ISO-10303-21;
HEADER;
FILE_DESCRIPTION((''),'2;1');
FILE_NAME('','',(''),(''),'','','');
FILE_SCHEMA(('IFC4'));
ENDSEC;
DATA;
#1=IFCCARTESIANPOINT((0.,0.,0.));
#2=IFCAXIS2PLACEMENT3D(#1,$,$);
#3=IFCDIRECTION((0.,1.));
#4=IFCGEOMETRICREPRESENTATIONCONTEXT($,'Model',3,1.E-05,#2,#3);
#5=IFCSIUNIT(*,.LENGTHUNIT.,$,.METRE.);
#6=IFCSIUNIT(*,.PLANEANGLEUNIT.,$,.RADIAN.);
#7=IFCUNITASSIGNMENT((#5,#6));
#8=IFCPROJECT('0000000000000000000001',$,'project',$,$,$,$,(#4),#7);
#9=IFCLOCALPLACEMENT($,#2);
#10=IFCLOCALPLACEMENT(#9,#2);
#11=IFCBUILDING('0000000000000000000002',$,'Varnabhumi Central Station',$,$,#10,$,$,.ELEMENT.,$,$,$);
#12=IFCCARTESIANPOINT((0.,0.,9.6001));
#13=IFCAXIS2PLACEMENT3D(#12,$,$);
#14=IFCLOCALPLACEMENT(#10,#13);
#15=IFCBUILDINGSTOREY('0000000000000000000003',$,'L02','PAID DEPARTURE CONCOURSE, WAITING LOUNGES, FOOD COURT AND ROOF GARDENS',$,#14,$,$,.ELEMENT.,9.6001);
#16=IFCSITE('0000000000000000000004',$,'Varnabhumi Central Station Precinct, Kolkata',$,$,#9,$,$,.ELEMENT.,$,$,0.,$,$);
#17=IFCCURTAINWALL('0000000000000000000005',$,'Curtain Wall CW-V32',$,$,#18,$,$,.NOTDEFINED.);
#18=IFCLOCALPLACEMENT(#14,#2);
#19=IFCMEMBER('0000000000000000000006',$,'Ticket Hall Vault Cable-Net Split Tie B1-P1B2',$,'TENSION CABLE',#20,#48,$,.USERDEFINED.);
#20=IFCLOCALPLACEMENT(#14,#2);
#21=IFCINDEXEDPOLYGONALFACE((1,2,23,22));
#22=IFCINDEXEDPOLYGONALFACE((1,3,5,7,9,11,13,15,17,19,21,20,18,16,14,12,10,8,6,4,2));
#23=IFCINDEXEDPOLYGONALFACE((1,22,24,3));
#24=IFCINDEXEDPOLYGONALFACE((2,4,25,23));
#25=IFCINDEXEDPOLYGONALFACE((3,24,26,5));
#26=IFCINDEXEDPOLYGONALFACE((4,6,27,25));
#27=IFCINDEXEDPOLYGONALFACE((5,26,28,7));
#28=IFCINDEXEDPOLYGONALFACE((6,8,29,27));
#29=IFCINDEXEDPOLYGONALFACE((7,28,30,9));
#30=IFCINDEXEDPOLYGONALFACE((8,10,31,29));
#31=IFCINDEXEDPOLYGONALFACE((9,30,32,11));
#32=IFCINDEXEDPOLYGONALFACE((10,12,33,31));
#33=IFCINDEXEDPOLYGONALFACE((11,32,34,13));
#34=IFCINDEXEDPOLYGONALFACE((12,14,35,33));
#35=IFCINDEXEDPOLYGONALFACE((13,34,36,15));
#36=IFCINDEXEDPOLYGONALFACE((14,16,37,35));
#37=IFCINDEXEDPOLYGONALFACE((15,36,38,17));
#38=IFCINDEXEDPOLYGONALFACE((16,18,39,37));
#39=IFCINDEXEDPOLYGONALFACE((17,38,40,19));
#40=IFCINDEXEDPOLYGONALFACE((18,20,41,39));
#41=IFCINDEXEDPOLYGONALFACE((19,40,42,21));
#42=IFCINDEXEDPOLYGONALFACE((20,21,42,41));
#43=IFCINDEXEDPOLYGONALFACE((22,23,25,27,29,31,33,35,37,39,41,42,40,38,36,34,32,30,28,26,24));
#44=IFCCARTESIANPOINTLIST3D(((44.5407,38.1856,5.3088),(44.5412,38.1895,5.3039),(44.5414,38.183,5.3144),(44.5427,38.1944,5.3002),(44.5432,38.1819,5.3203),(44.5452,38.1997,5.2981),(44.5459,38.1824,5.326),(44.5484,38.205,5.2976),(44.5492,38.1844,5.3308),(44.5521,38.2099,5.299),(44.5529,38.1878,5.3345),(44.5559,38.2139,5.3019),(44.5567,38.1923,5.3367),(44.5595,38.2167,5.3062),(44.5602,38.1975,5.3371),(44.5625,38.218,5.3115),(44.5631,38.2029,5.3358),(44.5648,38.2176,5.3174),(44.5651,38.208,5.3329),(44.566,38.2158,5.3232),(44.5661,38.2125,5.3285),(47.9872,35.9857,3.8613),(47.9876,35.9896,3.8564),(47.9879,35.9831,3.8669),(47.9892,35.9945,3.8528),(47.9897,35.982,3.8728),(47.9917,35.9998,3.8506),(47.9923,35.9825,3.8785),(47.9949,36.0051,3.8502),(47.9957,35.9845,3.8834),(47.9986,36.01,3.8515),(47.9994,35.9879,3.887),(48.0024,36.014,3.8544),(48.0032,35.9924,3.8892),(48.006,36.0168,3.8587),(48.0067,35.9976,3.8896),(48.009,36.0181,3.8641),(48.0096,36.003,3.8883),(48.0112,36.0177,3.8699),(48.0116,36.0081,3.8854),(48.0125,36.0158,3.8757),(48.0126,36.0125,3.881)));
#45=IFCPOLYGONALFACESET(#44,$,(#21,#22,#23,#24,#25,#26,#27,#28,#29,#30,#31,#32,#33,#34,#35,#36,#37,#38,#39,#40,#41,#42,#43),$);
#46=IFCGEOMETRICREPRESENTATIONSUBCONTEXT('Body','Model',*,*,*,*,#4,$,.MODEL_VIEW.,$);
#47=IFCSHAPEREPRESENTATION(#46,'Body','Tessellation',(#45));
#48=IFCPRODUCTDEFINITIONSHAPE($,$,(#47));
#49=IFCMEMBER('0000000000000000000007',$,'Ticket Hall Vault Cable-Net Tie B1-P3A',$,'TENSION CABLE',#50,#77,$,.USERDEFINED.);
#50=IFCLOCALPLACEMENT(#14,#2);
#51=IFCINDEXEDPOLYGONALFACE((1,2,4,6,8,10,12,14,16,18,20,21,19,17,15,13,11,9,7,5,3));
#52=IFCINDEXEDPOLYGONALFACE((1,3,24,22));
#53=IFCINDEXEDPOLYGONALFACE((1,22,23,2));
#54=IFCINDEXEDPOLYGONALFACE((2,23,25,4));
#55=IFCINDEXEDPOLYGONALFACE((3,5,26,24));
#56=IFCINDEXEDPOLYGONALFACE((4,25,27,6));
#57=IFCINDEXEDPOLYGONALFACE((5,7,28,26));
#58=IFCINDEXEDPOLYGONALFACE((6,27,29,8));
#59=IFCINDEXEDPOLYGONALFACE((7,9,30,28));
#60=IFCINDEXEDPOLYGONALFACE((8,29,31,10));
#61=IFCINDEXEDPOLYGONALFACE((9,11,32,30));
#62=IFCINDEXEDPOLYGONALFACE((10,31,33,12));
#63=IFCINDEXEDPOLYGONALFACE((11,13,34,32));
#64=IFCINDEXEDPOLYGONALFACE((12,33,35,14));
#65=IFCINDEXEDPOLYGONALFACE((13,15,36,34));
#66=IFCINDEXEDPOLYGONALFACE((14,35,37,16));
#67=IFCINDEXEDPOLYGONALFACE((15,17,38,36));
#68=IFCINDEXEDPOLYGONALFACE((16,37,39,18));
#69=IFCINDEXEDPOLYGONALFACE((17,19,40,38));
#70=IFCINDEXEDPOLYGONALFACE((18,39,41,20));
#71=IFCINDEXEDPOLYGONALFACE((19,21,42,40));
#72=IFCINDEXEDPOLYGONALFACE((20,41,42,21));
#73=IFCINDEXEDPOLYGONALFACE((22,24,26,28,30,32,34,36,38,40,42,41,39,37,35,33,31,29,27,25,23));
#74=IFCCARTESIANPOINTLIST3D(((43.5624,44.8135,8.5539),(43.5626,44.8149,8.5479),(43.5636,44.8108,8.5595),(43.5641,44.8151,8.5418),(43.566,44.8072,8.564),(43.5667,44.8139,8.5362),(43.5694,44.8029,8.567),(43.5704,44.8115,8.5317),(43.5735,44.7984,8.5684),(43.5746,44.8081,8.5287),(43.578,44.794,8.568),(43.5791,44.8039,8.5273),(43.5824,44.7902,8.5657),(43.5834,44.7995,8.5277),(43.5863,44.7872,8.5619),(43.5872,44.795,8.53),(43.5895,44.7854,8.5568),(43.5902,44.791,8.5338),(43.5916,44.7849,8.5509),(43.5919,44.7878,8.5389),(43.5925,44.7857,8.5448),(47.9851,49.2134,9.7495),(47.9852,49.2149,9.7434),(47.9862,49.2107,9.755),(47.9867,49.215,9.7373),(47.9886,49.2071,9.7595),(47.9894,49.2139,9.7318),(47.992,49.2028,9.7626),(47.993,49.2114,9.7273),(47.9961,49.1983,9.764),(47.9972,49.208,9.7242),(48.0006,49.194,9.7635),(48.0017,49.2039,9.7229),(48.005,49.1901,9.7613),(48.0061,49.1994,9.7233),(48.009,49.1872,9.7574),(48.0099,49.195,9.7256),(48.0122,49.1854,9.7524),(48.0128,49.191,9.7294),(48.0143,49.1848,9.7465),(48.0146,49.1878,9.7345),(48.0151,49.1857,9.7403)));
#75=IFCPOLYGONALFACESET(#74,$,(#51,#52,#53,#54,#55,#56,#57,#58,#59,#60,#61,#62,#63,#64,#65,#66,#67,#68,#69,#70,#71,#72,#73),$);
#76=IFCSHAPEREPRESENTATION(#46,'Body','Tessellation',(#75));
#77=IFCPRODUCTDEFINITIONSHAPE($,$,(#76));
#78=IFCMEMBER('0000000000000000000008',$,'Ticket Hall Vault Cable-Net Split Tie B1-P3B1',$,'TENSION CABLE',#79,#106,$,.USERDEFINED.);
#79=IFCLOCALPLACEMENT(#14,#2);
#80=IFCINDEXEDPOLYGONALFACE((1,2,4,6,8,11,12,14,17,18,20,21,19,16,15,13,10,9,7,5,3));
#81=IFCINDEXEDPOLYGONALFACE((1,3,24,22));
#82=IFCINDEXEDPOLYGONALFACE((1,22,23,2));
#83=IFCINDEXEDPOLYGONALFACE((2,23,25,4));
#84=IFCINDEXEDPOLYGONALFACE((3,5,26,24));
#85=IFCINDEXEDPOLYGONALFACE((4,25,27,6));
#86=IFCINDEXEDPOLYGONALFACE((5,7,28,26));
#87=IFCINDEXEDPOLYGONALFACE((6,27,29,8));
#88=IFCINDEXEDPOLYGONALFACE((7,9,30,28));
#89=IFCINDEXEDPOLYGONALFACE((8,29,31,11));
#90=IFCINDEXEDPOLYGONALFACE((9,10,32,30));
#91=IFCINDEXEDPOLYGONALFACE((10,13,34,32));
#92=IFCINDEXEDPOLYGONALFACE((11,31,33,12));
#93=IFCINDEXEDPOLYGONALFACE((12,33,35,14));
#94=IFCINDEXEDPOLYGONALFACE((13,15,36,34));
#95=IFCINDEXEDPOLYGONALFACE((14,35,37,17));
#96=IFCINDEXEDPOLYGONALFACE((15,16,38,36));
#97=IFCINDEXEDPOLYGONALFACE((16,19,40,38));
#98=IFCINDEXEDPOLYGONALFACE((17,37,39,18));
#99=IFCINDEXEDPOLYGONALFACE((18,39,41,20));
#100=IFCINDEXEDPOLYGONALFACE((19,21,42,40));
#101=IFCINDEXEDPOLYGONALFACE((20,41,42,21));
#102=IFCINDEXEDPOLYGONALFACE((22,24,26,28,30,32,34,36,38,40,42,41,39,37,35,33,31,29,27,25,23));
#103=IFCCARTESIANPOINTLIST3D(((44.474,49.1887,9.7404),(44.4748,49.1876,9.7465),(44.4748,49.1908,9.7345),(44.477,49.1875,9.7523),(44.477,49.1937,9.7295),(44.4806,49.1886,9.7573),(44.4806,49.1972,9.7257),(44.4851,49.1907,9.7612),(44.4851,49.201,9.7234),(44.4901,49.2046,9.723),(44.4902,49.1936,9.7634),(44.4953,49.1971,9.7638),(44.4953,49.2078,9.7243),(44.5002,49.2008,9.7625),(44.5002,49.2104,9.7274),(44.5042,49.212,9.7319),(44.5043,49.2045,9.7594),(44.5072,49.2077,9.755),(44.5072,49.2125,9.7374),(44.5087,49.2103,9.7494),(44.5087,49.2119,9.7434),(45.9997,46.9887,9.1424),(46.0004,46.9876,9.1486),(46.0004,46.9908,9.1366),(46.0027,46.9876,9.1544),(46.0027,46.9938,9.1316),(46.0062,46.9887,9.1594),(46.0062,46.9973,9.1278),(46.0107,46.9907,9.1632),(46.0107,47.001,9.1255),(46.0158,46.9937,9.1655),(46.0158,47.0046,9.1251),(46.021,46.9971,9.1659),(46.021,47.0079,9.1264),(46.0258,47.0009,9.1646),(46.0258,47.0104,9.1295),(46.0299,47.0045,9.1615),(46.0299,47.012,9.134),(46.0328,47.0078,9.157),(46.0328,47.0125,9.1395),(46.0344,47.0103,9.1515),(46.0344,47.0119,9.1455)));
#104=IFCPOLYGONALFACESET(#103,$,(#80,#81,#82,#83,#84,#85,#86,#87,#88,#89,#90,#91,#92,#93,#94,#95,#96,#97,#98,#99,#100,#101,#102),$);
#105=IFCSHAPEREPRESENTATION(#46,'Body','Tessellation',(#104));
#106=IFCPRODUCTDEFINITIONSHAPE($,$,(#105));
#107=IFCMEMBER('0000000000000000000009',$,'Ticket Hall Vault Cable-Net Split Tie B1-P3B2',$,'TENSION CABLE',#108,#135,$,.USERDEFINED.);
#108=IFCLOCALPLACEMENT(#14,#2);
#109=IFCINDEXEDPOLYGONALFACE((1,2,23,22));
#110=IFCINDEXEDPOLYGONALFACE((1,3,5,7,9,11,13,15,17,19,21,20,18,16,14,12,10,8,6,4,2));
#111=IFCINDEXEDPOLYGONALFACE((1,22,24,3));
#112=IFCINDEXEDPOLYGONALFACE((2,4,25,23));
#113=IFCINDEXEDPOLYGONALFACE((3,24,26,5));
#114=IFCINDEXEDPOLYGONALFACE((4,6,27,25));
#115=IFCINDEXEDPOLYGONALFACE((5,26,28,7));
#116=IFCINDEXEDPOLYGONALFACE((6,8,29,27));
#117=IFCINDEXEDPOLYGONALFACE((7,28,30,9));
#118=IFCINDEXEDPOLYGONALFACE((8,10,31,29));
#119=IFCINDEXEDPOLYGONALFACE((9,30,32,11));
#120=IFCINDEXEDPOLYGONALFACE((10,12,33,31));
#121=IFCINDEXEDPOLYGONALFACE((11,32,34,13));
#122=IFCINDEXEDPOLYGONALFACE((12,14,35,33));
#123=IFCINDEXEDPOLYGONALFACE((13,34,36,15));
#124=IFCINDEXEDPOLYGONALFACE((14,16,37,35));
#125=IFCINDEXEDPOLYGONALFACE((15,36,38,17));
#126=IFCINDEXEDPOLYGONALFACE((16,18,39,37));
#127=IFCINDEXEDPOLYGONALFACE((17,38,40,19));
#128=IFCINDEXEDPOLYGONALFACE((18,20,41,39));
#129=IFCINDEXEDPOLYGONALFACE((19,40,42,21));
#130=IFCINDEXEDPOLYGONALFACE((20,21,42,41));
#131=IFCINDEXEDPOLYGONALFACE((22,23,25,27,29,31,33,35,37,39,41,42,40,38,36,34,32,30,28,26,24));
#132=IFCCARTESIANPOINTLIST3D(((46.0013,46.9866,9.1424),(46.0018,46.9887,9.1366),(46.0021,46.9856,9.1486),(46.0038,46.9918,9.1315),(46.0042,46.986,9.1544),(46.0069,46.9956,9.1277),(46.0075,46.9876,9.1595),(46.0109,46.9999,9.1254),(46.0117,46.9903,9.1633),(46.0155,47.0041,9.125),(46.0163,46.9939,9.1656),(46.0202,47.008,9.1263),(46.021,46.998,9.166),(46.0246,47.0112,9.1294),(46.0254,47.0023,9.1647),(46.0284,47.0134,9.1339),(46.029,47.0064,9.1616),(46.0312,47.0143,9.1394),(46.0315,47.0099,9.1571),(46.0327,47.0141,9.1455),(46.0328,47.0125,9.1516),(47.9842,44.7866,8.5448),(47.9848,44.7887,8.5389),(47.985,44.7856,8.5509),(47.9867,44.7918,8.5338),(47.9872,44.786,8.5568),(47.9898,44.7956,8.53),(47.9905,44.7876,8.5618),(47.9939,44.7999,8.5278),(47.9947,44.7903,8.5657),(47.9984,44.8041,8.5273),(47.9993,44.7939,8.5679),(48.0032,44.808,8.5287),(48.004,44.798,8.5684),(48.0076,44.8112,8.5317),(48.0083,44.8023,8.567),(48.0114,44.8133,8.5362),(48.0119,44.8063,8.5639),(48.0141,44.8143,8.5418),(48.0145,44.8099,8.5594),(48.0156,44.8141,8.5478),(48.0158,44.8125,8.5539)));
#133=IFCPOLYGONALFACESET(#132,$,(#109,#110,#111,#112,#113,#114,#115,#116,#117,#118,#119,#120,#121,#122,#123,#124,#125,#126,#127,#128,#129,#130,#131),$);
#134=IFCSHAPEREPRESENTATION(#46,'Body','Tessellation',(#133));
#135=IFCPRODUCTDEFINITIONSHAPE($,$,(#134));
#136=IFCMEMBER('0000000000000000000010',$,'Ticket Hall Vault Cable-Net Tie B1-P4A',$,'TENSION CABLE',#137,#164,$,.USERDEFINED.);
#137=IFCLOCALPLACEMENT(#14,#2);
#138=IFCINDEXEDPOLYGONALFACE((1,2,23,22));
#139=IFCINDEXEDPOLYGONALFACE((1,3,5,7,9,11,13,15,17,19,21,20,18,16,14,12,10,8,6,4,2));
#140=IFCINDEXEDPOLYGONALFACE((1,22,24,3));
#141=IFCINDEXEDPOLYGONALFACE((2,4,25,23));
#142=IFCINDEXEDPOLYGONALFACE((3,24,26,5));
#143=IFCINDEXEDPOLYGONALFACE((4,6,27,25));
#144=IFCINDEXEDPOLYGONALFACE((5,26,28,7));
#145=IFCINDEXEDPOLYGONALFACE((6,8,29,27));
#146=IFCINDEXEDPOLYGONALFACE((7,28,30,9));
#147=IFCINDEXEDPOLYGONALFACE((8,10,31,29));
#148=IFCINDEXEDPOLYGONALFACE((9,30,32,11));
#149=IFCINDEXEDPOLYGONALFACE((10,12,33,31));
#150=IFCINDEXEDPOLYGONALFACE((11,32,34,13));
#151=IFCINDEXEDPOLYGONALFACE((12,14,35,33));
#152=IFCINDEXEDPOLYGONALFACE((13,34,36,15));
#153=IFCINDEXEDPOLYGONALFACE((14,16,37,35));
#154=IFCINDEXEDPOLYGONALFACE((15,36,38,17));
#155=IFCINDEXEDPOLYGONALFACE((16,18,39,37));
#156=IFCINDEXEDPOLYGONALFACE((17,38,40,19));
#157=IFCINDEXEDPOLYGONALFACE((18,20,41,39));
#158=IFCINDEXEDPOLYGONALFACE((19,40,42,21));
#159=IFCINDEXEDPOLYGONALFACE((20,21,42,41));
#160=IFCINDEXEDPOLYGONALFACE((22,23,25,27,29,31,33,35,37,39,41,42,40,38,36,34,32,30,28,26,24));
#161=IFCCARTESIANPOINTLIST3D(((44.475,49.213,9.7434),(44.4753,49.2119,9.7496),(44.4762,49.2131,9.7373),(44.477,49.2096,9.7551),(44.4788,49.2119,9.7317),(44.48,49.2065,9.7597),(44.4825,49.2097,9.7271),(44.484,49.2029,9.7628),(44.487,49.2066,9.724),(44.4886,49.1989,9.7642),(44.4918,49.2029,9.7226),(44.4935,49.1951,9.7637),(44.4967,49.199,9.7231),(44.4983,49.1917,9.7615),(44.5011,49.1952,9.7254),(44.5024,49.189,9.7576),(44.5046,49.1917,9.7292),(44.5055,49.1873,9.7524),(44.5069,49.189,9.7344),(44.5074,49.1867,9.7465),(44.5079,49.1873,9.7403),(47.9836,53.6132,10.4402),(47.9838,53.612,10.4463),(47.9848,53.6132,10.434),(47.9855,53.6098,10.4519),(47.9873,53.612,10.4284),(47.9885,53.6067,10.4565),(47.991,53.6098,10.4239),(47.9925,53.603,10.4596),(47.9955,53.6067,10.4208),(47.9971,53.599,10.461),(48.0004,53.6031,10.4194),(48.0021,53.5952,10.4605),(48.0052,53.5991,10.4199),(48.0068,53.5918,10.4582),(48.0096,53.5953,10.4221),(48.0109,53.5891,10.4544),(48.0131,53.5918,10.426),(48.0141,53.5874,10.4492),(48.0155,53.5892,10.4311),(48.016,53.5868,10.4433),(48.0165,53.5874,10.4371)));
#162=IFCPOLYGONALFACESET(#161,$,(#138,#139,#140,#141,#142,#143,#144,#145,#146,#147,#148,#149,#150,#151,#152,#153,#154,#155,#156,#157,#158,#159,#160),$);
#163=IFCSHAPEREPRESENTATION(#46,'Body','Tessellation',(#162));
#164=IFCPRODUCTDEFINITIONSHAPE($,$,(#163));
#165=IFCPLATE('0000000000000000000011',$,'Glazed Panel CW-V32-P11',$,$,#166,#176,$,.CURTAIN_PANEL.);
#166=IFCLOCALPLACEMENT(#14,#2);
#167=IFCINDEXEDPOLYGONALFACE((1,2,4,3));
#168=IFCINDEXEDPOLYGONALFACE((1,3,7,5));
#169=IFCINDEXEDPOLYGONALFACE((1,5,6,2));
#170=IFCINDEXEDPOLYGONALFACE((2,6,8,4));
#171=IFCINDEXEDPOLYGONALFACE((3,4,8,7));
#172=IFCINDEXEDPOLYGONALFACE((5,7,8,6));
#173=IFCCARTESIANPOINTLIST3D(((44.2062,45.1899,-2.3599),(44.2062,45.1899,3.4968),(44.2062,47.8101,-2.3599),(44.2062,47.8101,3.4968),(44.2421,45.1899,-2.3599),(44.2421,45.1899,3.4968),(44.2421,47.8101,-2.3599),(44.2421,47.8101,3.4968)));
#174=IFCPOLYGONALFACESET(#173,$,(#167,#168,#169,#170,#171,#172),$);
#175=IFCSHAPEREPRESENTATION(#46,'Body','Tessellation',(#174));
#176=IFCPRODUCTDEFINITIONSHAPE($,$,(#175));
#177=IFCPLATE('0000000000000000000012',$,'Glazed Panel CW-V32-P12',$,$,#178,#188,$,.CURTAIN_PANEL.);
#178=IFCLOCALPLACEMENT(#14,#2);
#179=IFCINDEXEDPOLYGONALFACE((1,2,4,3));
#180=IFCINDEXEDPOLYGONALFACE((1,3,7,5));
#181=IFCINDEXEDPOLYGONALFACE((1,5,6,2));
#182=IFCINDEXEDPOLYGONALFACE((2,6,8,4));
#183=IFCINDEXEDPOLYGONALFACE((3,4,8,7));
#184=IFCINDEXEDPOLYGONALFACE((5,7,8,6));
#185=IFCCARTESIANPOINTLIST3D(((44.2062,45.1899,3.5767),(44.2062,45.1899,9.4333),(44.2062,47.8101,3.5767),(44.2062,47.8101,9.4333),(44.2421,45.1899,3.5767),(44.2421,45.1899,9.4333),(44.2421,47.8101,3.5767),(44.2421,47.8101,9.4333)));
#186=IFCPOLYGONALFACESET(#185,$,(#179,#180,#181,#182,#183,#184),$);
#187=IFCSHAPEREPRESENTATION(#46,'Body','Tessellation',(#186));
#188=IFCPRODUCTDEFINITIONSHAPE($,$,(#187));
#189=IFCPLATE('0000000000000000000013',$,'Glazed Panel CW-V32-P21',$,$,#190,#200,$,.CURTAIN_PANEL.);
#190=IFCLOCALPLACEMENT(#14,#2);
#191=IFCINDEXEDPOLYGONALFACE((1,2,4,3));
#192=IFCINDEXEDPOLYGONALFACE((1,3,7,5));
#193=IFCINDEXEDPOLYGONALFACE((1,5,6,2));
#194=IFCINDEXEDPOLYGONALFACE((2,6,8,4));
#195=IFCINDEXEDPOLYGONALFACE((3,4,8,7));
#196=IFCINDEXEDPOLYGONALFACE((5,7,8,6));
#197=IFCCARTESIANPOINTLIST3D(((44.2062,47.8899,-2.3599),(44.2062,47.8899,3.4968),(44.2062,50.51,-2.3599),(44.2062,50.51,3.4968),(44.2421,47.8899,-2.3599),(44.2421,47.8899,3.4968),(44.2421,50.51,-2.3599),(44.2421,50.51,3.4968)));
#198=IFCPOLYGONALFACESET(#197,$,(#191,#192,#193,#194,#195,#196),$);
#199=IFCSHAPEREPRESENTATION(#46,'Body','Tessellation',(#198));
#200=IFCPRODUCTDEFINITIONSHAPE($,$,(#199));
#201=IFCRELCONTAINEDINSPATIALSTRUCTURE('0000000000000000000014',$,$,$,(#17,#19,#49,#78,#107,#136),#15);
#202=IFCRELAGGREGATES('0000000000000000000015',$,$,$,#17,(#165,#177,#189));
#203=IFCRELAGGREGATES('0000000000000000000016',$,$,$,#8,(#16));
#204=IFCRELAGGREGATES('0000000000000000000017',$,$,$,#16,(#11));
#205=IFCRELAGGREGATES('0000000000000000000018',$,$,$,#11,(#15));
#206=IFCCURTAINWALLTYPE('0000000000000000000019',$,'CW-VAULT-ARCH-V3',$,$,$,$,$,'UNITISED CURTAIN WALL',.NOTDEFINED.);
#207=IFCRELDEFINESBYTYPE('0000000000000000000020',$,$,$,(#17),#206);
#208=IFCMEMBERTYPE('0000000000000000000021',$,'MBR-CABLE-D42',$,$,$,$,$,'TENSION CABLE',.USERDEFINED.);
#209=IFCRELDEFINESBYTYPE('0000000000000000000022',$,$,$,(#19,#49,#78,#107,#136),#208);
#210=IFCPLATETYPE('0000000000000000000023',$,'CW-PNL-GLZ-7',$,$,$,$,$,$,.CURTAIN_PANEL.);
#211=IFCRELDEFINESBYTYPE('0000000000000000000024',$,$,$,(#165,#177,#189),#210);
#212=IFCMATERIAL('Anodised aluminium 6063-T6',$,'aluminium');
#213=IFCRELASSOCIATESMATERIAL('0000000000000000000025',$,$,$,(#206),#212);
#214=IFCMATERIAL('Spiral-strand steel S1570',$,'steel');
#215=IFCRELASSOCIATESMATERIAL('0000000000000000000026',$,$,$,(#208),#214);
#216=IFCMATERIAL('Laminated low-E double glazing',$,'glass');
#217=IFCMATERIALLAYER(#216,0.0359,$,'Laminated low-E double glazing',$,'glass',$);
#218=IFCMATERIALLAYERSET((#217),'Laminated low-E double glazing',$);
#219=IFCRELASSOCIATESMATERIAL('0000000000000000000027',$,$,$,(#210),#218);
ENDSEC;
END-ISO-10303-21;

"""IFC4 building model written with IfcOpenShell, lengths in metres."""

from ifc_helpers import new_model, si_unit, direction, frame, origin, origin_2d, place, context, subcontext, project, spatial, rectangle, circle, extrude, material, layer, layer_set, material_profile, profile_set, type_object, element, aggregate, save


model = new_model("IFC4")

# Units and contexts
model_context = context("Model", 3, precision=1e-05, world=origin(), true_north=direction((0.0, 1.0)))
body_context = subcontext(model_context, "Body", "Model", "MODEL_VIEW")
ifc_project = project(units=[si_unit("LENGTHUNIT", "METRE"), si_unit("PLANEANGLEUNIT", "RADIAN")], contexts=[model_context])

# Site, building, storey
site_placement = place(None, origin())
site = spatial("IfcSite", under=ifc_project, at=site_placement, Name="Varnabhumi Central Station Precinct, Kolkata", CompositionType="ELEMENT", RefElevation=0.0)
building_placement = place(site_placement, origin())
building = spatial("IfcBuilding", under=site, at=building_placement, Name="Varnabhumi Central Station", CompositionType="ELEMENT")
storey_placement = place(building_placement, frame((0.0, 0.0, 9.6001)))
storey = spatial("IfcBuildingStorey", under=building, at=storey_placement, Name="L02", Description="PAID DEPARTURE CONCOURSE, WAITING LOUNGES, FOOD COURT AND ROOF GARDENS", CompositionType="ELEMENT", Elevation=9.6001)

# Curtain wall
ifc_material_1 = material(Name="Anodised aluminium 6063-T6", Category="aluminium")
curtain_wall_type = type_object("IfcCurtainWallType", Name="CW-VAULT-ARCH-V3", ElementType="UNITISED CURTAIN WALL", PredefinedType="NOTDEFINED", material=ifc_material_1)
curtain_wall_placement = place(storey_placement, origin())
curtain_wall = element("IfcCurtainWall", 1, at=curtain_wall_placement, inside=storey, type_object=curtain_wall_type, Name="Curtain Wall CW-V32", PredefinedType="NOTDEFINED")

# Members
ifc_material_2 = material(Name="Spiral-strand steel S1570", Category="steel")
ifc_material_profile_1 = material_profile(ifc_material_2, circle(Radius=0.021, at=origin_2d()), Name="Spiral-strand steel S1570", Category="steel")
ifc_profile_set_1 = profile_set([ifc_material_profile_1], Name="Spiral-strand steel S1570")
member_type_1 = type_object("IfcMemberType", Name="MBR-CABLE-D42", ElementType="TENSION CABLE", PredefinedType="USERDEFINED", material=ifc_profile_set_1)
member_1_placement = place(storey_placement, frame((44.5535, 38.2, 5.3174), z_axis=(0.794595, -0.507197, -0.333722), x_axis=(0.538042, 0.842918, 0.0)))
element("IfcMember", 2, at=member_1_placement, inside=storey, type_object=member_type_1, Name="Ticket Hall Vault Cable-Net Split Tie B1-P1B2", ObjectType="TENSION CABLE", PredefinedType="USERDEFINED", context=body_context, shape_type="SweptSolid", body=[
    extrude(circle(Radius=0.021, at=origin_2d()), origin(), (0.0, 0.0, 1.0), 4.3374),
])
member_2_placement = place(storey_placement, frame((43.5774, 44.8, 8.5479), z_axis=(0.696254, 0.692679, 0.188217), x_axis=(-0.705285, 0.708924, 0.0)))
element("IfcMember", 3, at=member_2_placement, inside=storey, type_object=member_type_1, Name="Ticket Hall Vault Cable-Net Tie B1-P3A", ObjectType="TENSION CABLE", PredefinedType="USERDEFINED", context=body_context, shape_type="SweptSolid", body=[
    extrude(circle(Radius=0.021, at=origin_2d()), origin(), (0.0, 0.0, 1.0), 6.3521),
])
member_3_placement = place(storey_placement, frame((44.4915, 49.2, 9.7434), z_axis=(0.556163, -0.801982, -0.217962), x_axis=(0.821739, 0.569864, 0.0)))
element("IfcMember", 4, at=member_3_placement, inside=storey, type_object=member_type_1, Name="Ticket Hall Vault Cable-Net Split Tie B1-P3B1", ObjectType="TENSION CABLE", PredefinedType="USERDEFINED", context=body_context, shape_type="SweptSolid", body=[
    extrude(circle(Radius=0.021, at=origin_2d()), origin(), (0.0, 0.0, 1.0), 2.7432),
])
member_4_placement = place(storey_placement, frame((46.0171, 47.0, 9.1455), z_axis=(0.656287, -0.728121, -0.197807), x_axis=(0.742798, 0.669516, 0.0)))
element("IfcMember", 5, at=member_4_placement, inside=storey, type_object=member_type_1, Name="Ticket Hall Vault Cable-Net Split Tie B1-P3B2", ObjectType="TENSION CABLE", PredefinedType="USERDEFINED", context=body_context, shape_type="SweptSolid", body=[
    extrude(circle(Radius=0.021, at=origin_2d()), origin(), (0.0, 0.0, 1.0), 3.0215),
])
member_5_placement = place(storey_placement, frame((44.4915, 49.2, 9.7434), z_axis=(0.618716, 0.775946, 0.122874), x_axis=(-0.781871, 0.62344, 0.0)))
element("IfcMember", 6, at=member_5_placement, inside=storey, type_object=member_type_1, Name="Ticket Hall Vault Cable-Net Tie B1-P4A", ObjectType="TENSION CABLE", PredefinedType="USERDEFINED", context=body_context, shape_type="SweptSolid", body=[
    extrude(circle(Radius=0.021, at=origin_2d()), origin(), (0.0, 0.0, 1.0), 5.6707),
])

# Plates
ifc_material_3 = material(Name="Laminated low-E double glazing", Category="glass")
ifc_layer_1 = layer(ifc_material_3, 0.0359, Name="Laminated low-E double glazing", Category="glass")
ifc_layer_set_1 = layer_set([ifc_layer_1], Name="Laminated low-E double glazing")
plate_type_1 = type_object("IfcPlateType", Name="CW-PNL-GLZ-7", PredefinedType="CURTAIN_PANEL", material=ifc_layer_set_1)
plate_1_placement = place(storey_placement, frame((44.2241, 46.5, -2.3599), z_axis=(0.0, 0.0, 1.0), x_axis=(0.0, 1.0, 0.0)))
plate_1 = element("IfcPlate", 7, at=plate_1_placement, type_object=plate_type_1, Name="Glazed Panel CW-V32-P11", PredefinedType="CURTAIN_PANEL", context=body_context, shape_type="SweptSolid", body=[
    extrude(rectangle(XDim=2.6201, YDim=0.0359, at=origin_2d()), origin(), (0.0, 0.0, 1.0), 5.8567),
])
plate_2_placement = place(storey_placement, frame((44.2241, 46.5, 3.5767), z_axis=(0.0, 0.0, 1.0), x_axis=(0.0, 1.0, 0.0)))
plate_2 = element("IfcPlate", 8, at=plate_2_placement, type_object=plate_type_1, Name="Glazed Panel CW-V32-P12", PredefinedType="CURTAIN_PANEL", context=body_context, shape_type="SweptSolid", body=[
    extrude(rectangle(XDim=2.6201, YDim=0.0359, at=origin_2d()), origin(), (0.0, 0.0, 1.0), 5.8567),
])
plate_3_placement = place(storey_placement, frame((44.2241, 49.2, -2.3599), z_axis=(0.0, 0.0, 1.0), x_axis=(0.0, 1.0, 0.0)))
plate_3 = element("IfcPlate", 9, at=plate_3_placement, type_object=plate_type_1, Name="Glazed Panel CW-V32-P21", PredefinedType="CURTAIN_PANEL", context=body_context, shape_type="SweptSolid", body=[
    extrude(rectangle(XDim=2.6201, YDim=0.0359, at=origin_2d()), origin(), (0.0, 0.0, 1.0), 5.8567),
])
aggregate(curtain_wall, [plate_1, plate_2, plate_3])

save(model, "model.ifc")
